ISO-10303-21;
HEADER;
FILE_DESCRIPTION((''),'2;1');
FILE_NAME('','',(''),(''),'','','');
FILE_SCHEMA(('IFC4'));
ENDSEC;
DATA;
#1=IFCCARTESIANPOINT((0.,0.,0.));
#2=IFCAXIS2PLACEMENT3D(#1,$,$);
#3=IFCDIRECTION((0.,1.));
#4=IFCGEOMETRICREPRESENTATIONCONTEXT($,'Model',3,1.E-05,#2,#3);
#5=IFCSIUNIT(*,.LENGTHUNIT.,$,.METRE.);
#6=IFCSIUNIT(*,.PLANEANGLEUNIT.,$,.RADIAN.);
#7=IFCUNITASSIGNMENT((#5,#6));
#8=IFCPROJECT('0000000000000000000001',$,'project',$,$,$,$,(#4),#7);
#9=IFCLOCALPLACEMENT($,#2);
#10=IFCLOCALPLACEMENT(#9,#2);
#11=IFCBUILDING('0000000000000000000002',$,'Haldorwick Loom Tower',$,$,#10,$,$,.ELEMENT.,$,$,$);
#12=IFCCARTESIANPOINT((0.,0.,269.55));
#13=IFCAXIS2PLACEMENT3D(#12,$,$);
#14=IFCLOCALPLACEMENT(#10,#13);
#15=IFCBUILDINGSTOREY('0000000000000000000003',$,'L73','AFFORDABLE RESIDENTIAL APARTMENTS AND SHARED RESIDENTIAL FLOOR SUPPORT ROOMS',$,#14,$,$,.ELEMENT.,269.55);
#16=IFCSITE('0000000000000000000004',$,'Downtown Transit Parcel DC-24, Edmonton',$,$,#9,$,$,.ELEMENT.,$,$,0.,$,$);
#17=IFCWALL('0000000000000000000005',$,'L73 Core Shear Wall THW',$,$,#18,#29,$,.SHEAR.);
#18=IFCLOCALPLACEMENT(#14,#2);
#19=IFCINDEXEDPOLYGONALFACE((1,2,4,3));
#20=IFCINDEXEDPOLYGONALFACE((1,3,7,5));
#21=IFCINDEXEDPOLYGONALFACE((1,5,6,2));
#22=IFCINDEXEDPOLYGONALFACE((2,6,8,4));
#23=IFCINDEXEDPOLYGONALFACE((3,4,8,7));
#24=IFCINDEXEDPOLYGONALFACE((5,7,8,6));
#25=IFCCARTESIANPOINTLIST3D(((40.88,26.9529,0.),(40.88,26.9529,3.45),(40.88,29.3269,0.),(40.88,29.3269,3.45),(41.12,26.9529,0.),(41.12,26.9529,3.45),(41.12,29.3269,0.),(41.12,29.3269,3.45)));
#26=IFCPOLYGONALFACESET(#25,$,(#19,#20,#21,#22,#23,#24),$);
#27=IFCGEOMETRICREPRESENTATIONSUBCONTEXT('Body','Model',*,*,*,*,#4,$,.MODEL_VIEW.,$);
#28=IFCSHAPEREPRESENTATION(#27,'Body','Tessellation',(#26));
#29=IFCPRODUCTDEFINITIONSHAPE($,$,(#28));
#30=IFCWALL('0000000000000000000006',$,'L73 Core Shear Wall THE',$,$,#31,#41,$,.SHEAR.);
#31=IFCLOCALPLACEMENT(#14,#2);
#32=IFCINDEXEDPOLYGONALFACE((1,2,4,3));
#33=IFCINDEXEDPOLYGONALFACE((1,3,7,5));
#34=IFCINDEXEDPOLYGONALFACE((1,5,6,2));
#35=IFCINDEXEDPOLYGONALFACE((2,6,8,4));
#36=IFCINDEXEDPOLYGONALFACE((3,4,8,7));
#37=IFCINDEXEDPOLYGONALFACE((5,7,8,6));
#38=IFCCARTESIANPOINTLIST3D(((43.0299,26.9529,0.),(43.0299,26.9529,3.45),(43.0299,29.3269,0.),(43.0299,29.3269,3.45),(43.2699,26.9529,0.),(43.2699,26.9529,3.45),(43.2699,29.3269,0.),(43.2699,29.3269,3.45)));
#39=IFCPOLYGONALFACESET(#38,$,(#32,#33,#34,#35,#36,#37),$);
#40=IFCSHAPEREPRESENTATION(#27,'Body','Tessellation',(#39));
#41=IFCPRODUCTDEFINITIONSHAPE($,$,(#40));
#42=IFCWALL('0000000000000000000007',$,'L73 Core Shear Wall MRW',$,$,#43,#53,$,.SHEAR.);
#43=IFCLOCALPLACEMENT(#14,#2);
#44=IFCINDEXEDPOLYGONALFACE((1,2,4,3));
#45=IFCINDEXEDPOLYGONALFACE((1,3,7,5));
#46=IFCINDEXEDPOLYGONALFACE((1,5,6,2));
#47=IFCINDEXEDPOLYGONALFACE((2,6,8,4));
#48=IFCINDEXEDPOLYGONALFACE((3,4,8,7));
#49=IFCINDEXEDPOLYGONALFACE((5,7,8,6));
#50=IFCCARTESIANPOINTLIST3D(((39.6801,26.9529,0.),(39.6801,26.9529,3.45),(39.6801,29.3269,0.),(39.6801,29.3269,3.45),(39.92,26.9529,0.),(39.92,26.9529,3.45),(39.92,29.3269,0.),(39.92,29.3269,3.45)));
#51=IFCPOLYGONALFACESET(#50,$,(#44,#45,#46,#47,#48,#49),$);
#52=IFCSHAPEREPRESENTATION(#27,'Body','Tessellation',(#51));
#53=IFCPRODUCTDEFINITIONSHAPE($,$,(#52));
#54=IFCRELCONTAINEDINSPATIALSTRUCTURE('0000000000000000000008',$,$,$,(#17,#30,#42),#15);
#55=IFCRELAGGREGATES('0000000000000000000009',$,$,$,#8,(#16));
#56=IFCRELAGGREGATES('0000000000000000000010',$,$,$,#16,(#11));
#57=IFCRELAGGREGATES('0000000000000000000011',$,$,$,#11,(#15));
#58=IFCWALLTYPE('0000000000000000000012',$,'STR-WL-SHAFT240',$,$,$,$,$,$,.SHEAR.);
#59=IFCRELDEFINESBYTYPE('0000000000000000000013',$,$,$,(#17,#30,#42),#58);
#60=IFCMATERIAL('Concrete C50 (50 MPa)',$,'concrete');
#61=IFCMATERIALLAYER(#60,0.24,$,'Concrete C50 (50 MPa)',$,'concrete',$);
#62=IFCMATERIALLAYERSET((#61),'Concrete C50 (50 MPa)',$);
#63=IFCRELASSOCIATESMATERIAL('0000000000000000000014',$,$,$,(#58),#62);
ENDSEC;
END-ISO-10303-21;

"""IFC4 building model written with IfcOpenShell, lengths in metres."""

from ifc_helpers import new_model, si_unit, direction, frame, frame_2d, origin, place, context, subcontext, project, spatial, rectangle, extrude, material, layer, layer_set, type_object, element, save


model = new_model("IFC4")

# Units and contexts
model_context = context("Model", 3, precision=1e-05, world=origin(), true_north=direction((0.0, 1.0)))
body_context = subcontext(model_context, "Body", "Model", "MODEL_VIEW")
ifc_project = project(units=[si_unit("LENGTHUNIT", "METRE"), si_unit("PLANEANGLEUNIT", "RADIAN")], contexts=[model_context])

# Site, building, storey
site_placement = place(None, origin())
site = spatial("IfcSite", under=ifc_project, at=site_placement, Name="Downtown Transit Parcel DC-24, Edmonton", CompositionType="ELEMENT", RefElevation=0.0)
building_placement = place(site_placement, origin())
building = spatial("IfcBuilding", under=site, at=building_placement, Name="Haldorwick Loom Tower", CompositionType="ELEMENT")
storey_placement = place(building_placement, frame((0.0, 0.0, 269.55)))
storey = spatial("IfcBuildingStorey", under=building, at=storey_placement, Name="L73", Description="AFFORDABLE RESIDENTIAL APARTMENTS AND SHARED RESIDENTIAL FLOOR SUPPORT ROOMS", CompositionType="ELEMENT", Elevation=269.55)

# Shared definitions
ifc_material_1 = material(Name="Concrete C50 (50 MPa)", Category="concrete")

# Walls
ifc_layer_1 = layer(ifc_material_1, 0.24, Name="Concrete C50 (50 MPa)", Category="concrete")
ifc_layer_set_1 = layer_set([ifc_layer_1], Name="Concrete C50 (50 MPa)")
wall_type_1 = type_object("IfcWallType", Name="STR-WL-SHAFT240", PredefinedType="SHEAR", material=ifc_layer_set_1)
for number, where, z_axis, x_axis, name in (
    (1, (41.0, 26.9529, 0.0), (0.0, 0.0, 1.0), (0.0, 1.0, 0.0), "L73 Core Shear Wall THW"),
    (2, (43.1499, 26.9529, 0.0), (0.0, 0.0, 1.0), (0.0, 1.0, 0.0), "L73 Core Shear Wall THE"),
    (3, (39.8, 26.9529, 0.0), (0.0, 0.0, 1.0), (0.0, 1.0, 0.0), "L73 Core Shear Wall MRW"),
):
    element("IfcWall", number, at=place(storey_placement, frame(where, z_axis=z_axis, x_axis=x_axis)), inside=storey, type_object=wall_type_1, Name=name, PredefinedType="SHEAR", context=body_context, shape_type="SweptSolid", body=[
        extrude(rectangle(XDim=2.374, YDim=0.24, at=frame_2d((1.187, 0.0))), origin(), (0.0, 0.0, 1.0), 3.45),
    ])

save(model, "model.ifc")
